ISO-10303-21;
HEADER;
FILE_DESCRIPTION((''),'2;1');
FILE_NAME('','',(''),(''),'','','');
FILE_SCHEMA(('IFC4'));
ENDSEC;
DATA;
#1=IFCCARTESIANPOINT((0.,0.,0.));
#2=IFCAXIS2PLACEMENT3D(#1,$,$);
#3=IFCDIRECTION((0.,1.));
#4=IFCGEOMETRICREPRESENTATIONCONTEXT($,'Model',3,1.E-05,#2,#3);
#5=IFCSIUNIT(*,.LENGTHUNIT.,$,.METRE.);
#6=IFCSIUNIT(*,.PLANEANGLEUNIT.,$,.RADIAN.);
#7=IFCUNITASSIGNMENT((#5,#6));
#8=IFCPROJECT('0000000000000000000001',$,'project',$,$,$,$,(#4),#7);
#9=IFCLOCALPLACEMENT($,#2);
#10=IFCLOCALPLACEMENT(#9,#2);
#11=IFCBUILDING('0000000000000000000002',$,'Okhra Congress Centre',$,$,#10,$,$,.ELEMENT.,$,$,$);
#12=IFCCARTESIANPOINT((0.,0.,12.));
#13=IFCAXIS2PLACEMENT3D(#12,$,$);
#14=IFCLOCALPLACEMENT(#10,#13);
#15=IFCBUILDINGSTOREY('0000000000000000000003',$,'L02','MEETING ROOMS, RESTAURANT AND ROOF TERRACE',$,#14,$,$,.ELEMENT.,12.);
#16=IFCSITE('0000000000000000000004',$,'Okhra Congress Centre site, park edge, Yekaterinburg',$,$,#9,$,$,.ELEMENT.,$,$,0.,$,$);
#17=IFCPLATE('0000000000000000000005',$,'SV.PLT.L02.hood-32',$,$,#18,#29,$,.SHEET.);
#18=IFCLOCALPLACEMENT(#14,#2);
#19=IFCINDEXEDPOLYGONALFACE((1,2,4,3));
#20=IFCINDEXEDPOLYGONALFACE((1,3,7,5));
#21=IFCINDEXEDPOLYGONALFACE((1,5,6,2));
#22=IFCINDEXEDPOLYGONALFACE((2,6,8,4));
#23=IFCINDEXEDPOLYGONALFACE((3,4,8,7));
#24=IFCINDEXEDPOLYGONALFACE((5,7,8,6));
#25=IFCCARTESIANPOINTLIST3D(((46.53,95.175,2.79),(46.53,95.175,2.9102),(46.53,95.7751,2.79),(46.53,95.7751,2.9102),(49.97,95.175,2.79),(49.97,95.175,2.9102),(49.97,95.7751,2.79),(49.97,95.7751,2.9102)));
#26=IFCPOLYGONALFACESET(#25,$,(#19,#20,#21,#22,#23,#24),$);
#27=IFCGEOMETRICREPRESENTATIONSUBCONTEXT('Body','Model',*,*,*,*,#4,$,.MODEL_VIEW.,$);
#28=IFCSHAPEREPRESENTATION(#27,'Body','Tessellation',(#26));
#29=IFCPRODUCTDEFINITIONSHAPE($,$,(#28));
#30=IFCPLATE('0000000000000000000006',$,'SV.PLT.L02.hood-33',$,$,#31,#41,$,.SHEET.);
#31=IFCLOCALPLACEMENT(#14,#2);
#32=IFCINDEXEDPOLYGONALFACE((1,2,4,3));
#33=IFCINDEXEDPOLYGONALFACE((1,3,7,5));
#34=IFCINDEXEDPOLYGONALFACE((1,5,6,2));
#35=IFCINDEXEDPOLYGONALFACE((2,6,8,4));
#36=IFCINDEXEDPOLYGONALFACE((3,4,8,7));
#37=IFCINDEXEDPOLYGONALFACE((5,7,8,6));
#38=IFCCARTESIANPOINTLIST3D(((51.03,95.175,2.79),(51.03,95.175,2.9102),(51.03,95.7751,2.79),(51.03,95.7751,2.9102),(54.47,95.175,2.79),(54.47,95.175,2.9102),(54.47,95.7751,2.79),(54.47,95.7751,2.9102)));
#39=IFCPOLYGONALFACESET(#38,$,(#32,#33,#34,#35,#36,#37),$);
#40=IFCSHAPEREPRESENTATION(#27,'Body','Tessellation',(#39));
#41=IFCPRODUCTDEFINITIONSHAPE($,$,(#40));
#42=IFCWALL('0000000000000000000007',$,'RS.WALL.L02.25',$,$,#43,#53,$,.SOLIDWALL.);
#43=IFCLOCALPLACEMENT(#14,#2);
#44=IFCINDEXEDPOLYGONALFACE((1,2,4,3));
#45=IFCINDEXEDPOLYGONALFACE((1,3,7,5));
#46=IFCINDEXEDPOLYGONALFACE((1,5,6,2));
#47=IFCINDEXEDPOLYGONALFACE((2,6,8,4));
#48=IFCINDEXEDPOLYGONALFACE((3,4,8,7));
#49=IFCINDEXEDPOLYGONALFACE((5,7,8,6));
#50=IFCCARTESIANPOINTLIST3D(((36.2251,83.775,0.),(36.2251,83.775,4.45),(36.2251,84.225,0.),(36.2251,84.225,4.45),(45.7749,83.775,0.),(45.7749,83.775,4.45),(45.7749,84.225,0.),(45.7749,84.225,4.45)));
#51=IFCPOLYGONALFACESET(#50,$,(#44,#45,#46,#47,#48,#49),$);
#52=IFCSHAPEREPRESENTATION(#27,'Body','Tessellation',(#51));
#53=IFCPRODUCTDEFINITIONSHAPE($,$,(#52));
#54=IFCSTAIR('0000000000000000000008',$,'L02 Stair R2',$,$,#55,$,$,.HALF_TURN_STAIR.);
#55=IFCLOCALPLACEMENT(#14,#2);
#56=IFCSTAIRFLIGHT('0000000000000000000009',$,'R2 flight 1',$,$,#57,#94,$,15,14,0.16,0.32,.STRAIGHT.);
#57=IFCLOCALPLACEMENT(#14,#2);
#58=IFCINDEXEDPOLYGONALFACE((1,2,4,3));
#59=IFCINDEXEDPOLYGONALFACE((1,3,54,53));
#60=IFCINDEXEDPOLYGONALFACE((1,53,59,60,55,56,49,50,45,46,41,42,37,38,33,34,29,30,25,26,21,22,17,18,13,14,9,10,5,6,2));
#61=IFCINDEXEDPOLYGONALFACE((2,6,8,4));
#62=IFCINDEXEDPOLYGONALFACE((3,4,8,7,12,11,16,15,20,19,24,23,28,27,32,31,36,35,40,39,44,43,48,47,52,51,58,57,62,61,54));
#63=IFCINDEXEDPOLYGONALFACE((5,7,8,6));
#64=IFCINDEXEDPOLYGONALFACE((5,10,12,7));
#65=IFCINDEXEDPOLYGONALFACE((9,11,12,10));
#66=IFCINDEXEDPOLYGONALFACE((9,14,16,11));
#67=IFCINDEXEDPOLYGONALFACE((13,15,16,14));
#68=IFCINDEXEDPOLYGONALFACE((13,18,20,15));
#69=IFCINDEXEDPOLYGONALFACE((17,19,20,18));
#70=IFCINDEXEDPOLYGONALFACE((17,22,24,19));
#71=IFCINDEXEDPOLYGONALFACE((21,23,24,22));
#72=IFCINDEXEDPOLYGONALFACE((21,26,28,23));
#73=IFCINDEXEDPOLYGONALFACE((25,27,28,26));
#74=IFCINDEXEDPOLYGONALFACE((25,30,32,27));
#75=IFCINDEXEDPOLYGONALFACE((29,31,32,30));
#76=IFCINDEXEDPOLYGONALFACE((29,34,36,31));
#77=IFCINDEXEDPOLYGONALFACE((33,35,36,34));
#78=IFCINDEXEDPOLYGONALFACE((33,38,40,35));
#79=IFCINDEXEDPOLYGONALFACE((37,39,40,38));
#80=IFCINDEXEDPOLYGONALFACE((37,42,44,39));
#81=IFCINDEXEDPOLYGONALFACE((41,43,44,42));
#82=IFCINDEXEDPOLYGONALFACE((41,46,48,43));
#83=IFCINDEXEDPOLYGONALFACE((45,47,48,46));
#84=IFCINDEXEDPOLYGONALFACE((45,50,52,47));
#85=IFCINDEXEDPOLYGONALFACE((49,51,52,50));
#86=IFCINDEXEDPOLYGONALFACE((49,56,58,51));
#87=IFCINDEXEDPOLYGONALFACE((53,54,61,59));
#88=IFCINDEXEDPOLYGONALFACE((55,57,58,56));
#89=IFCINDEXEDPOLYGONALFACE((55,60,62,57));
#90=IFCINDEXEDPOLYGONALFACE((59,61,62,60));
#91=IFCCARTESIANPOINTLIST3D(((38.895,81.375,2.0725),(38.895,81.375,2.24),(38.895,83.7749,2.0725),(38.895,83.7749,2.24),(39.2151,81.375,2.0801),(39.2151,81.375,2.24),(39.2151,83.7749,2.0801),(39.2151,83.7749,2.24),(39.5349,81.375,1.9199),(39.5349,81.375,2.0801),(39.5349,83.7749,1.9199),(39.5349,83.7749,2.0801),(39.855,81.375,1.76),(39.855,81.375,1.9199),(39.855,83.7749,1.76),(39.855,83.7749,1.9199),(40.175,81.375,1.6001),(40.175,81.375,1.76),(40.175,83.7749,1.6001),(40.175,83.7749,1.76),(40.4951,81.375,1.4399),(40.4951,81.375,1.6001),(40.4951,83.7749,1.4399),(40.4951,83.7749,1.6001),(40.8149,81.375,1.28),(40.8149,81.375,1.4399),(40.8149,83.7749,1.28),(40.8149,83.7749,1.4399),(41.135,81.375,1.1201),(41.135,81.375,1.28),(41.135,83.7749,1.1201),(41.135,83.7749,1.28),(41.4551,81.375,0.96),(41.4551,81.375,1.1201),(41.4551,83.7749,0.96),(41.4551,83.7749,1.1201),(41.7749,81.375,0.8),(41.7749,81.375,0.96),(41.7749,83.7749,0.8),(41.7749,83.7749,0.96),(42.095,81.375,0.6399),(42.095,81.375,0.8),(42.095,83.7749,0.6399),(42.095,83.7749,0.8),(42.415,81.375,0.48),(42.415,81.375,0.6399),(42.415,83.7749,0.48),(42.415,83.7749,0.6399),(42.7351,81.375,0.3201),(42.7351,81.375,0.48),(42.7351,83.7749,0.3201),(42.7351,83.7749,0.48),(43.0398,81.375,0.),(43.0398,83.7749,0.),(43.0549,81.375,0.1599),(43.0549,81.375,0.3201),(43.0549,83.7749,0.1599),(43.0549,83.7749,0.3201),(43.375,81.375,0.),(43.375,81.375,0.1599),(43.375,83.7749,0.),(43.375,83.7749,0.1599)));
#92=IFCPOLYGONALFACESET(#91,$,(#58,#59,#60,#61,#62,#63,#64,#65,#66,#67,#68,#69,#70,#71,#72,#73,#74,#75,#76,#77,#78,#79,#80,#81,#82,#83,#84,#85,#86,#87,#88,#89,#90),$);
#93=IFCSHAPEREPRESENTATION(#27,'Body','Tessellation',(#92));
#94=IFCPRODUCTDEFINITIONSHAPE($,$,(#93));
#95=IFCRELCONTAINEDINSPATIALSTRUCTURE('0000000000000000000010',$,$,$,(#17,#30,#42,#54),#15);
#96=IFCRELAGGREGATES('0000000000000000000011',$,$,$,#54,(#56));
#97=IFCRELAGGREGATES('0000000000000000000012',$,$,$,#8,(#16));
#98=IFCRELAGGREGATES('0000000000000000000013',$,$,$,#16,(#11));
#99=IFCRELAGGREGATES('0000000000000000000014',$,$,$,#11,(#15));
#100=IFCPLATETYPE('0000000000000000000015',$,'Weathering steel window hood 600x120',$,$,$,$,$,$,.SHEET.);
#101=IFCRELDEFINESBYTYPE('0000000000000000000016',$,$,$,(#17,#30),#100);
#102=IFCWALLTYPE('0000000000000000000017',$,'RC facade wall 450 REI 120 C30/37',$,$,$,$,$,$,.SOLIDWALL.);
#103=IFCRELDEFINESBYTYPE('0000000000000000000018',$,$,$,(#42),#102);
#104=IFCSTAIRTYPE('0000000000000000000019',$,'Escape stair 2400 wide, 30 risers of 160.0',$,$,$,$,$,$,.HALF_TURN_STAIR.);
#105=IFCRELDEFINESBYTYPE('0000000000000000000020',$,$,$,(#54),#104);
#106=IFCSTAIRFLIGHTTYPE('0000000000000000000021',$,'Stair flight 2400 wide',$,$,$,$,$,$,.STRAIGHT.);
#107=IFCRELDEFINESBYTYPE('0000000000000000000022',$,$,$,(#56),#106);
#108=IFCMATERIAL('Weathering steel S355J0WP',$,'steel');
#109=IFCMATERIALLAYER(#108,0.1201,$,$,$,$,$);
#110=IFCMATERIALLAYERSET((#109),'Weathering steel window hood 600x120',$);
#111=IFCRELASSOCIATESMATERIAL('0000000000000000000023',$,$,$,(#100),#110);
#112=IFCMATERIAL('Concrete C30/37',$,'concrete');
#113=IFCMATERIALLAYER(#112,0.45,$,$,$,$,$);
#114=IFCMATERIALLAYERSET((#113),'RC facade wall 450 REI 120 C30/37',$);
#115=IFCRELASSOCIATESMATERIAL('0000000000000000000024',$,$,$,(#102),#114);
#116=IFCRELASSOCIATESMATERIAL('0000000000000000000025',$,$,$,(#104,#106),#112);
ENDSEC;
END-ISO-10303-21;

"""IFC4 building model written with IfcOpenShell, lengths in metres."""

from ifc_helpers import new_model, si_unit, direction, frame, frame_2d, origin, origin_2d, place, context, subcontext, project, spatial, polyline, rectangle, outline, extrude, material, layer, layer_set, type_object, element, aggregate, save


model = new_model("IFC4")

# Units and contexts
model_context = context("Model", 3, precision=1e-05, world=origin(), true_north=direction((0.0, 1.0)))
body_context = subcontext(model_context, "Body", "Model", "MODEL_VIEW")
ifc_project = project(units=[si_unit("LENGTHUNIT", "METRE"), si_unit("PLANEANGLEUNIT", "RADIAN")], contexts=[model_context])

# Site, building, storey
site_placement = place(None, origin())
site = spatial("IfcSite", under=ifc_project, at=site_placement, Name="Okhra Congress Centre site, park edge, Yekaterinburg", CompositionType="ELEMENT", RefElevation=0.0)
building_placement = place(site_placement, origin())
building = spatial("IfcBuilding", under=site, at=building_placement, Name="Okhra Congress Centre", CompositionType="ELEMENT")
storey_placement = place(building_placement, frame((0.0, 0.0, 12.0)))
storey = spatial("IfcBuildingStorey", under=building, at=storey_placement, Name="L02", Description="MEETING ROOMS, RESTAURANT AND ROOF TERRACE", CompositionType="ELEMENT", Elevation=12.0)

# Plates
ifc_material_1 = material(Name="Weathering steel S355J0WP", Category="steel")
ifc_layer_1 = layer(ifc_material_1, 0.1201)
ifc_layer_set_1 = layer_set([ifc_layer_1], Name="Weathering steel window hood 600x120")
plate_type_1 = type_object("IfcPlateType", Name="Weathering steel window hood 600x120", PredefinedType="SHEET", material=ifc_layer_set_1)
for number, where, z_axis, x_axis, name in (
    (1, (48.25, 95.4751, 2.79), (0.0, 0.0, 1.0), (1.0, 0.0, 0.0), "SV.PLT.L02.hood-32"),
    (2, (52.75, 95.4751, 2.79), (0.0, 0.0, 1.0), (1.0, 0.0, 0.0), "SV.PLT.L02.hood-33"),
):
    element("IfcPlate", number, at=place(storey_placement, frame(where, z_axis=z_axis, x_axis=x_axis)), inside=storey, type_object=plate_type_1, Name=name, PredefinedType="SHEET", context=body_context, shape_type="SweptSolid", body=[
        extrude(rectangle(XDim=3.4399, YDim=0.6001, at=origin_2d()), origin(), (0.0, 0.0, 1.0), 0.1201),
    ])

# Wall
ifc_material_2 = material(Name="Concrete C30/37", Category="concrete")
ifc_layer_2 = layer(ifc_material_2, 0.45)
ifc_layer_set_2 = layer_set([ifc_layer_2], Name="RC facade wall 450 REI 120 C30/37")
wall_type = type_object("IfcWallType", Name="RC facade wall 450 REI 120 C30/37", PredefinedType="SOLIDWALL", material=ifc_layer_set_2)
wall_placement = place(storey_placement, frame((45.7749, 84.0, 0.0), z_axis=(0.0, 0.0, 1.0), x_axis=(-1.0, 0.0, 0.0)))
element("IfcWall", 3, at=wall_placement, inside=storey, type_object=wall_type, Name="RS.WALL.L02.25", PredefinedType="SOLIDWALL", context=body_context, shape_type="SweptSolid", body=[
    extrude(rectangle(XDim=9.5498, YDim=0.45, at=frame_2d((4.7749, 0.0))), origin(), (0.0, 0.0, 1.0), 4.45),
])

# Stair, stair flight
stair_type = type_object("IfcStairType", Name="Escape stair 2400 wide, 30 risers of 160.0", PredefinedType="HALF_TURN_STAIR", material=ifc_material_2)
stair_placement = place(storey_placement, origin())
stair = element("IfcStair", 4, at=stair_placement, inside=storey, type_object=stair_type, Name="L02 Stair R2", PredefinedType="HALF_TURN_STAIR")
stair_flight_type = type_object("IfcStairFlightType", Name="Stair flight 2400 wide", PredefinedType="STRAIGHT", material=ifc_material_2)
stair_flight_placement = place(storey_placement, frame((43.375, 82.575, 0.0), z_axis=(0.0, 0.0, 1.0), x_axis=(-1.0, 0.0, 0.0)))
stair_flight = element("IfcStairFlight", 5, at=stair_flight_placement, type_object=stair_flight_type, Name="R2 flight 1", NumberOfRisers=15, NumberOfTreads=14, PredefinedType="STRAIGHT", RiserHeight=0.16, TreadLength=0.32, context=body_context, shape_type="SweptSolid", body=[
    extrude(outline(polyline([(0.0, 0.0), (0.0, 0.1599), (0.3201, 0.1599), (0.3201, 0.3201), (0.6399, 0.3201), (0.6399, 0.48), (0.96, 0.48), (0.96, 0.6399), (1.28, 0.6399), (1.28, 0.8), (1.6001, 0.8), (1.6001, 0.96), (1.9199, 0.96), (1.9199, 1.1201), (2.24, 1.1201), (2.24, 1.28), (2.5601, 1.28), (2.5601, 1.4399), (2.8799, 1.4399), (2.8799, 1.6001), (3.2, 1.6001), (3.2, 1.76), (3.52, 1.76), (3.52, 1.9199), (3.8401, 1.9199), (3.8401, 2.0801), (4.1599, 2.0801), (4.1599, 2.24), (4.48, 2.24), (4.48, 2.3999), (4.48, 2.0725), (0.3352, 0.0), (0.0, 0.0)])), frame((0.0, 1.2, 0.0), z_axis=(0.0, -1.0, 0.0), x_axis=(1.0, 0.0, 0.0)), (0.0, 0.0, 1.0), 2.3999),
])
aggregate(stair, [stair_flight])

save(model, "model.ifc")
